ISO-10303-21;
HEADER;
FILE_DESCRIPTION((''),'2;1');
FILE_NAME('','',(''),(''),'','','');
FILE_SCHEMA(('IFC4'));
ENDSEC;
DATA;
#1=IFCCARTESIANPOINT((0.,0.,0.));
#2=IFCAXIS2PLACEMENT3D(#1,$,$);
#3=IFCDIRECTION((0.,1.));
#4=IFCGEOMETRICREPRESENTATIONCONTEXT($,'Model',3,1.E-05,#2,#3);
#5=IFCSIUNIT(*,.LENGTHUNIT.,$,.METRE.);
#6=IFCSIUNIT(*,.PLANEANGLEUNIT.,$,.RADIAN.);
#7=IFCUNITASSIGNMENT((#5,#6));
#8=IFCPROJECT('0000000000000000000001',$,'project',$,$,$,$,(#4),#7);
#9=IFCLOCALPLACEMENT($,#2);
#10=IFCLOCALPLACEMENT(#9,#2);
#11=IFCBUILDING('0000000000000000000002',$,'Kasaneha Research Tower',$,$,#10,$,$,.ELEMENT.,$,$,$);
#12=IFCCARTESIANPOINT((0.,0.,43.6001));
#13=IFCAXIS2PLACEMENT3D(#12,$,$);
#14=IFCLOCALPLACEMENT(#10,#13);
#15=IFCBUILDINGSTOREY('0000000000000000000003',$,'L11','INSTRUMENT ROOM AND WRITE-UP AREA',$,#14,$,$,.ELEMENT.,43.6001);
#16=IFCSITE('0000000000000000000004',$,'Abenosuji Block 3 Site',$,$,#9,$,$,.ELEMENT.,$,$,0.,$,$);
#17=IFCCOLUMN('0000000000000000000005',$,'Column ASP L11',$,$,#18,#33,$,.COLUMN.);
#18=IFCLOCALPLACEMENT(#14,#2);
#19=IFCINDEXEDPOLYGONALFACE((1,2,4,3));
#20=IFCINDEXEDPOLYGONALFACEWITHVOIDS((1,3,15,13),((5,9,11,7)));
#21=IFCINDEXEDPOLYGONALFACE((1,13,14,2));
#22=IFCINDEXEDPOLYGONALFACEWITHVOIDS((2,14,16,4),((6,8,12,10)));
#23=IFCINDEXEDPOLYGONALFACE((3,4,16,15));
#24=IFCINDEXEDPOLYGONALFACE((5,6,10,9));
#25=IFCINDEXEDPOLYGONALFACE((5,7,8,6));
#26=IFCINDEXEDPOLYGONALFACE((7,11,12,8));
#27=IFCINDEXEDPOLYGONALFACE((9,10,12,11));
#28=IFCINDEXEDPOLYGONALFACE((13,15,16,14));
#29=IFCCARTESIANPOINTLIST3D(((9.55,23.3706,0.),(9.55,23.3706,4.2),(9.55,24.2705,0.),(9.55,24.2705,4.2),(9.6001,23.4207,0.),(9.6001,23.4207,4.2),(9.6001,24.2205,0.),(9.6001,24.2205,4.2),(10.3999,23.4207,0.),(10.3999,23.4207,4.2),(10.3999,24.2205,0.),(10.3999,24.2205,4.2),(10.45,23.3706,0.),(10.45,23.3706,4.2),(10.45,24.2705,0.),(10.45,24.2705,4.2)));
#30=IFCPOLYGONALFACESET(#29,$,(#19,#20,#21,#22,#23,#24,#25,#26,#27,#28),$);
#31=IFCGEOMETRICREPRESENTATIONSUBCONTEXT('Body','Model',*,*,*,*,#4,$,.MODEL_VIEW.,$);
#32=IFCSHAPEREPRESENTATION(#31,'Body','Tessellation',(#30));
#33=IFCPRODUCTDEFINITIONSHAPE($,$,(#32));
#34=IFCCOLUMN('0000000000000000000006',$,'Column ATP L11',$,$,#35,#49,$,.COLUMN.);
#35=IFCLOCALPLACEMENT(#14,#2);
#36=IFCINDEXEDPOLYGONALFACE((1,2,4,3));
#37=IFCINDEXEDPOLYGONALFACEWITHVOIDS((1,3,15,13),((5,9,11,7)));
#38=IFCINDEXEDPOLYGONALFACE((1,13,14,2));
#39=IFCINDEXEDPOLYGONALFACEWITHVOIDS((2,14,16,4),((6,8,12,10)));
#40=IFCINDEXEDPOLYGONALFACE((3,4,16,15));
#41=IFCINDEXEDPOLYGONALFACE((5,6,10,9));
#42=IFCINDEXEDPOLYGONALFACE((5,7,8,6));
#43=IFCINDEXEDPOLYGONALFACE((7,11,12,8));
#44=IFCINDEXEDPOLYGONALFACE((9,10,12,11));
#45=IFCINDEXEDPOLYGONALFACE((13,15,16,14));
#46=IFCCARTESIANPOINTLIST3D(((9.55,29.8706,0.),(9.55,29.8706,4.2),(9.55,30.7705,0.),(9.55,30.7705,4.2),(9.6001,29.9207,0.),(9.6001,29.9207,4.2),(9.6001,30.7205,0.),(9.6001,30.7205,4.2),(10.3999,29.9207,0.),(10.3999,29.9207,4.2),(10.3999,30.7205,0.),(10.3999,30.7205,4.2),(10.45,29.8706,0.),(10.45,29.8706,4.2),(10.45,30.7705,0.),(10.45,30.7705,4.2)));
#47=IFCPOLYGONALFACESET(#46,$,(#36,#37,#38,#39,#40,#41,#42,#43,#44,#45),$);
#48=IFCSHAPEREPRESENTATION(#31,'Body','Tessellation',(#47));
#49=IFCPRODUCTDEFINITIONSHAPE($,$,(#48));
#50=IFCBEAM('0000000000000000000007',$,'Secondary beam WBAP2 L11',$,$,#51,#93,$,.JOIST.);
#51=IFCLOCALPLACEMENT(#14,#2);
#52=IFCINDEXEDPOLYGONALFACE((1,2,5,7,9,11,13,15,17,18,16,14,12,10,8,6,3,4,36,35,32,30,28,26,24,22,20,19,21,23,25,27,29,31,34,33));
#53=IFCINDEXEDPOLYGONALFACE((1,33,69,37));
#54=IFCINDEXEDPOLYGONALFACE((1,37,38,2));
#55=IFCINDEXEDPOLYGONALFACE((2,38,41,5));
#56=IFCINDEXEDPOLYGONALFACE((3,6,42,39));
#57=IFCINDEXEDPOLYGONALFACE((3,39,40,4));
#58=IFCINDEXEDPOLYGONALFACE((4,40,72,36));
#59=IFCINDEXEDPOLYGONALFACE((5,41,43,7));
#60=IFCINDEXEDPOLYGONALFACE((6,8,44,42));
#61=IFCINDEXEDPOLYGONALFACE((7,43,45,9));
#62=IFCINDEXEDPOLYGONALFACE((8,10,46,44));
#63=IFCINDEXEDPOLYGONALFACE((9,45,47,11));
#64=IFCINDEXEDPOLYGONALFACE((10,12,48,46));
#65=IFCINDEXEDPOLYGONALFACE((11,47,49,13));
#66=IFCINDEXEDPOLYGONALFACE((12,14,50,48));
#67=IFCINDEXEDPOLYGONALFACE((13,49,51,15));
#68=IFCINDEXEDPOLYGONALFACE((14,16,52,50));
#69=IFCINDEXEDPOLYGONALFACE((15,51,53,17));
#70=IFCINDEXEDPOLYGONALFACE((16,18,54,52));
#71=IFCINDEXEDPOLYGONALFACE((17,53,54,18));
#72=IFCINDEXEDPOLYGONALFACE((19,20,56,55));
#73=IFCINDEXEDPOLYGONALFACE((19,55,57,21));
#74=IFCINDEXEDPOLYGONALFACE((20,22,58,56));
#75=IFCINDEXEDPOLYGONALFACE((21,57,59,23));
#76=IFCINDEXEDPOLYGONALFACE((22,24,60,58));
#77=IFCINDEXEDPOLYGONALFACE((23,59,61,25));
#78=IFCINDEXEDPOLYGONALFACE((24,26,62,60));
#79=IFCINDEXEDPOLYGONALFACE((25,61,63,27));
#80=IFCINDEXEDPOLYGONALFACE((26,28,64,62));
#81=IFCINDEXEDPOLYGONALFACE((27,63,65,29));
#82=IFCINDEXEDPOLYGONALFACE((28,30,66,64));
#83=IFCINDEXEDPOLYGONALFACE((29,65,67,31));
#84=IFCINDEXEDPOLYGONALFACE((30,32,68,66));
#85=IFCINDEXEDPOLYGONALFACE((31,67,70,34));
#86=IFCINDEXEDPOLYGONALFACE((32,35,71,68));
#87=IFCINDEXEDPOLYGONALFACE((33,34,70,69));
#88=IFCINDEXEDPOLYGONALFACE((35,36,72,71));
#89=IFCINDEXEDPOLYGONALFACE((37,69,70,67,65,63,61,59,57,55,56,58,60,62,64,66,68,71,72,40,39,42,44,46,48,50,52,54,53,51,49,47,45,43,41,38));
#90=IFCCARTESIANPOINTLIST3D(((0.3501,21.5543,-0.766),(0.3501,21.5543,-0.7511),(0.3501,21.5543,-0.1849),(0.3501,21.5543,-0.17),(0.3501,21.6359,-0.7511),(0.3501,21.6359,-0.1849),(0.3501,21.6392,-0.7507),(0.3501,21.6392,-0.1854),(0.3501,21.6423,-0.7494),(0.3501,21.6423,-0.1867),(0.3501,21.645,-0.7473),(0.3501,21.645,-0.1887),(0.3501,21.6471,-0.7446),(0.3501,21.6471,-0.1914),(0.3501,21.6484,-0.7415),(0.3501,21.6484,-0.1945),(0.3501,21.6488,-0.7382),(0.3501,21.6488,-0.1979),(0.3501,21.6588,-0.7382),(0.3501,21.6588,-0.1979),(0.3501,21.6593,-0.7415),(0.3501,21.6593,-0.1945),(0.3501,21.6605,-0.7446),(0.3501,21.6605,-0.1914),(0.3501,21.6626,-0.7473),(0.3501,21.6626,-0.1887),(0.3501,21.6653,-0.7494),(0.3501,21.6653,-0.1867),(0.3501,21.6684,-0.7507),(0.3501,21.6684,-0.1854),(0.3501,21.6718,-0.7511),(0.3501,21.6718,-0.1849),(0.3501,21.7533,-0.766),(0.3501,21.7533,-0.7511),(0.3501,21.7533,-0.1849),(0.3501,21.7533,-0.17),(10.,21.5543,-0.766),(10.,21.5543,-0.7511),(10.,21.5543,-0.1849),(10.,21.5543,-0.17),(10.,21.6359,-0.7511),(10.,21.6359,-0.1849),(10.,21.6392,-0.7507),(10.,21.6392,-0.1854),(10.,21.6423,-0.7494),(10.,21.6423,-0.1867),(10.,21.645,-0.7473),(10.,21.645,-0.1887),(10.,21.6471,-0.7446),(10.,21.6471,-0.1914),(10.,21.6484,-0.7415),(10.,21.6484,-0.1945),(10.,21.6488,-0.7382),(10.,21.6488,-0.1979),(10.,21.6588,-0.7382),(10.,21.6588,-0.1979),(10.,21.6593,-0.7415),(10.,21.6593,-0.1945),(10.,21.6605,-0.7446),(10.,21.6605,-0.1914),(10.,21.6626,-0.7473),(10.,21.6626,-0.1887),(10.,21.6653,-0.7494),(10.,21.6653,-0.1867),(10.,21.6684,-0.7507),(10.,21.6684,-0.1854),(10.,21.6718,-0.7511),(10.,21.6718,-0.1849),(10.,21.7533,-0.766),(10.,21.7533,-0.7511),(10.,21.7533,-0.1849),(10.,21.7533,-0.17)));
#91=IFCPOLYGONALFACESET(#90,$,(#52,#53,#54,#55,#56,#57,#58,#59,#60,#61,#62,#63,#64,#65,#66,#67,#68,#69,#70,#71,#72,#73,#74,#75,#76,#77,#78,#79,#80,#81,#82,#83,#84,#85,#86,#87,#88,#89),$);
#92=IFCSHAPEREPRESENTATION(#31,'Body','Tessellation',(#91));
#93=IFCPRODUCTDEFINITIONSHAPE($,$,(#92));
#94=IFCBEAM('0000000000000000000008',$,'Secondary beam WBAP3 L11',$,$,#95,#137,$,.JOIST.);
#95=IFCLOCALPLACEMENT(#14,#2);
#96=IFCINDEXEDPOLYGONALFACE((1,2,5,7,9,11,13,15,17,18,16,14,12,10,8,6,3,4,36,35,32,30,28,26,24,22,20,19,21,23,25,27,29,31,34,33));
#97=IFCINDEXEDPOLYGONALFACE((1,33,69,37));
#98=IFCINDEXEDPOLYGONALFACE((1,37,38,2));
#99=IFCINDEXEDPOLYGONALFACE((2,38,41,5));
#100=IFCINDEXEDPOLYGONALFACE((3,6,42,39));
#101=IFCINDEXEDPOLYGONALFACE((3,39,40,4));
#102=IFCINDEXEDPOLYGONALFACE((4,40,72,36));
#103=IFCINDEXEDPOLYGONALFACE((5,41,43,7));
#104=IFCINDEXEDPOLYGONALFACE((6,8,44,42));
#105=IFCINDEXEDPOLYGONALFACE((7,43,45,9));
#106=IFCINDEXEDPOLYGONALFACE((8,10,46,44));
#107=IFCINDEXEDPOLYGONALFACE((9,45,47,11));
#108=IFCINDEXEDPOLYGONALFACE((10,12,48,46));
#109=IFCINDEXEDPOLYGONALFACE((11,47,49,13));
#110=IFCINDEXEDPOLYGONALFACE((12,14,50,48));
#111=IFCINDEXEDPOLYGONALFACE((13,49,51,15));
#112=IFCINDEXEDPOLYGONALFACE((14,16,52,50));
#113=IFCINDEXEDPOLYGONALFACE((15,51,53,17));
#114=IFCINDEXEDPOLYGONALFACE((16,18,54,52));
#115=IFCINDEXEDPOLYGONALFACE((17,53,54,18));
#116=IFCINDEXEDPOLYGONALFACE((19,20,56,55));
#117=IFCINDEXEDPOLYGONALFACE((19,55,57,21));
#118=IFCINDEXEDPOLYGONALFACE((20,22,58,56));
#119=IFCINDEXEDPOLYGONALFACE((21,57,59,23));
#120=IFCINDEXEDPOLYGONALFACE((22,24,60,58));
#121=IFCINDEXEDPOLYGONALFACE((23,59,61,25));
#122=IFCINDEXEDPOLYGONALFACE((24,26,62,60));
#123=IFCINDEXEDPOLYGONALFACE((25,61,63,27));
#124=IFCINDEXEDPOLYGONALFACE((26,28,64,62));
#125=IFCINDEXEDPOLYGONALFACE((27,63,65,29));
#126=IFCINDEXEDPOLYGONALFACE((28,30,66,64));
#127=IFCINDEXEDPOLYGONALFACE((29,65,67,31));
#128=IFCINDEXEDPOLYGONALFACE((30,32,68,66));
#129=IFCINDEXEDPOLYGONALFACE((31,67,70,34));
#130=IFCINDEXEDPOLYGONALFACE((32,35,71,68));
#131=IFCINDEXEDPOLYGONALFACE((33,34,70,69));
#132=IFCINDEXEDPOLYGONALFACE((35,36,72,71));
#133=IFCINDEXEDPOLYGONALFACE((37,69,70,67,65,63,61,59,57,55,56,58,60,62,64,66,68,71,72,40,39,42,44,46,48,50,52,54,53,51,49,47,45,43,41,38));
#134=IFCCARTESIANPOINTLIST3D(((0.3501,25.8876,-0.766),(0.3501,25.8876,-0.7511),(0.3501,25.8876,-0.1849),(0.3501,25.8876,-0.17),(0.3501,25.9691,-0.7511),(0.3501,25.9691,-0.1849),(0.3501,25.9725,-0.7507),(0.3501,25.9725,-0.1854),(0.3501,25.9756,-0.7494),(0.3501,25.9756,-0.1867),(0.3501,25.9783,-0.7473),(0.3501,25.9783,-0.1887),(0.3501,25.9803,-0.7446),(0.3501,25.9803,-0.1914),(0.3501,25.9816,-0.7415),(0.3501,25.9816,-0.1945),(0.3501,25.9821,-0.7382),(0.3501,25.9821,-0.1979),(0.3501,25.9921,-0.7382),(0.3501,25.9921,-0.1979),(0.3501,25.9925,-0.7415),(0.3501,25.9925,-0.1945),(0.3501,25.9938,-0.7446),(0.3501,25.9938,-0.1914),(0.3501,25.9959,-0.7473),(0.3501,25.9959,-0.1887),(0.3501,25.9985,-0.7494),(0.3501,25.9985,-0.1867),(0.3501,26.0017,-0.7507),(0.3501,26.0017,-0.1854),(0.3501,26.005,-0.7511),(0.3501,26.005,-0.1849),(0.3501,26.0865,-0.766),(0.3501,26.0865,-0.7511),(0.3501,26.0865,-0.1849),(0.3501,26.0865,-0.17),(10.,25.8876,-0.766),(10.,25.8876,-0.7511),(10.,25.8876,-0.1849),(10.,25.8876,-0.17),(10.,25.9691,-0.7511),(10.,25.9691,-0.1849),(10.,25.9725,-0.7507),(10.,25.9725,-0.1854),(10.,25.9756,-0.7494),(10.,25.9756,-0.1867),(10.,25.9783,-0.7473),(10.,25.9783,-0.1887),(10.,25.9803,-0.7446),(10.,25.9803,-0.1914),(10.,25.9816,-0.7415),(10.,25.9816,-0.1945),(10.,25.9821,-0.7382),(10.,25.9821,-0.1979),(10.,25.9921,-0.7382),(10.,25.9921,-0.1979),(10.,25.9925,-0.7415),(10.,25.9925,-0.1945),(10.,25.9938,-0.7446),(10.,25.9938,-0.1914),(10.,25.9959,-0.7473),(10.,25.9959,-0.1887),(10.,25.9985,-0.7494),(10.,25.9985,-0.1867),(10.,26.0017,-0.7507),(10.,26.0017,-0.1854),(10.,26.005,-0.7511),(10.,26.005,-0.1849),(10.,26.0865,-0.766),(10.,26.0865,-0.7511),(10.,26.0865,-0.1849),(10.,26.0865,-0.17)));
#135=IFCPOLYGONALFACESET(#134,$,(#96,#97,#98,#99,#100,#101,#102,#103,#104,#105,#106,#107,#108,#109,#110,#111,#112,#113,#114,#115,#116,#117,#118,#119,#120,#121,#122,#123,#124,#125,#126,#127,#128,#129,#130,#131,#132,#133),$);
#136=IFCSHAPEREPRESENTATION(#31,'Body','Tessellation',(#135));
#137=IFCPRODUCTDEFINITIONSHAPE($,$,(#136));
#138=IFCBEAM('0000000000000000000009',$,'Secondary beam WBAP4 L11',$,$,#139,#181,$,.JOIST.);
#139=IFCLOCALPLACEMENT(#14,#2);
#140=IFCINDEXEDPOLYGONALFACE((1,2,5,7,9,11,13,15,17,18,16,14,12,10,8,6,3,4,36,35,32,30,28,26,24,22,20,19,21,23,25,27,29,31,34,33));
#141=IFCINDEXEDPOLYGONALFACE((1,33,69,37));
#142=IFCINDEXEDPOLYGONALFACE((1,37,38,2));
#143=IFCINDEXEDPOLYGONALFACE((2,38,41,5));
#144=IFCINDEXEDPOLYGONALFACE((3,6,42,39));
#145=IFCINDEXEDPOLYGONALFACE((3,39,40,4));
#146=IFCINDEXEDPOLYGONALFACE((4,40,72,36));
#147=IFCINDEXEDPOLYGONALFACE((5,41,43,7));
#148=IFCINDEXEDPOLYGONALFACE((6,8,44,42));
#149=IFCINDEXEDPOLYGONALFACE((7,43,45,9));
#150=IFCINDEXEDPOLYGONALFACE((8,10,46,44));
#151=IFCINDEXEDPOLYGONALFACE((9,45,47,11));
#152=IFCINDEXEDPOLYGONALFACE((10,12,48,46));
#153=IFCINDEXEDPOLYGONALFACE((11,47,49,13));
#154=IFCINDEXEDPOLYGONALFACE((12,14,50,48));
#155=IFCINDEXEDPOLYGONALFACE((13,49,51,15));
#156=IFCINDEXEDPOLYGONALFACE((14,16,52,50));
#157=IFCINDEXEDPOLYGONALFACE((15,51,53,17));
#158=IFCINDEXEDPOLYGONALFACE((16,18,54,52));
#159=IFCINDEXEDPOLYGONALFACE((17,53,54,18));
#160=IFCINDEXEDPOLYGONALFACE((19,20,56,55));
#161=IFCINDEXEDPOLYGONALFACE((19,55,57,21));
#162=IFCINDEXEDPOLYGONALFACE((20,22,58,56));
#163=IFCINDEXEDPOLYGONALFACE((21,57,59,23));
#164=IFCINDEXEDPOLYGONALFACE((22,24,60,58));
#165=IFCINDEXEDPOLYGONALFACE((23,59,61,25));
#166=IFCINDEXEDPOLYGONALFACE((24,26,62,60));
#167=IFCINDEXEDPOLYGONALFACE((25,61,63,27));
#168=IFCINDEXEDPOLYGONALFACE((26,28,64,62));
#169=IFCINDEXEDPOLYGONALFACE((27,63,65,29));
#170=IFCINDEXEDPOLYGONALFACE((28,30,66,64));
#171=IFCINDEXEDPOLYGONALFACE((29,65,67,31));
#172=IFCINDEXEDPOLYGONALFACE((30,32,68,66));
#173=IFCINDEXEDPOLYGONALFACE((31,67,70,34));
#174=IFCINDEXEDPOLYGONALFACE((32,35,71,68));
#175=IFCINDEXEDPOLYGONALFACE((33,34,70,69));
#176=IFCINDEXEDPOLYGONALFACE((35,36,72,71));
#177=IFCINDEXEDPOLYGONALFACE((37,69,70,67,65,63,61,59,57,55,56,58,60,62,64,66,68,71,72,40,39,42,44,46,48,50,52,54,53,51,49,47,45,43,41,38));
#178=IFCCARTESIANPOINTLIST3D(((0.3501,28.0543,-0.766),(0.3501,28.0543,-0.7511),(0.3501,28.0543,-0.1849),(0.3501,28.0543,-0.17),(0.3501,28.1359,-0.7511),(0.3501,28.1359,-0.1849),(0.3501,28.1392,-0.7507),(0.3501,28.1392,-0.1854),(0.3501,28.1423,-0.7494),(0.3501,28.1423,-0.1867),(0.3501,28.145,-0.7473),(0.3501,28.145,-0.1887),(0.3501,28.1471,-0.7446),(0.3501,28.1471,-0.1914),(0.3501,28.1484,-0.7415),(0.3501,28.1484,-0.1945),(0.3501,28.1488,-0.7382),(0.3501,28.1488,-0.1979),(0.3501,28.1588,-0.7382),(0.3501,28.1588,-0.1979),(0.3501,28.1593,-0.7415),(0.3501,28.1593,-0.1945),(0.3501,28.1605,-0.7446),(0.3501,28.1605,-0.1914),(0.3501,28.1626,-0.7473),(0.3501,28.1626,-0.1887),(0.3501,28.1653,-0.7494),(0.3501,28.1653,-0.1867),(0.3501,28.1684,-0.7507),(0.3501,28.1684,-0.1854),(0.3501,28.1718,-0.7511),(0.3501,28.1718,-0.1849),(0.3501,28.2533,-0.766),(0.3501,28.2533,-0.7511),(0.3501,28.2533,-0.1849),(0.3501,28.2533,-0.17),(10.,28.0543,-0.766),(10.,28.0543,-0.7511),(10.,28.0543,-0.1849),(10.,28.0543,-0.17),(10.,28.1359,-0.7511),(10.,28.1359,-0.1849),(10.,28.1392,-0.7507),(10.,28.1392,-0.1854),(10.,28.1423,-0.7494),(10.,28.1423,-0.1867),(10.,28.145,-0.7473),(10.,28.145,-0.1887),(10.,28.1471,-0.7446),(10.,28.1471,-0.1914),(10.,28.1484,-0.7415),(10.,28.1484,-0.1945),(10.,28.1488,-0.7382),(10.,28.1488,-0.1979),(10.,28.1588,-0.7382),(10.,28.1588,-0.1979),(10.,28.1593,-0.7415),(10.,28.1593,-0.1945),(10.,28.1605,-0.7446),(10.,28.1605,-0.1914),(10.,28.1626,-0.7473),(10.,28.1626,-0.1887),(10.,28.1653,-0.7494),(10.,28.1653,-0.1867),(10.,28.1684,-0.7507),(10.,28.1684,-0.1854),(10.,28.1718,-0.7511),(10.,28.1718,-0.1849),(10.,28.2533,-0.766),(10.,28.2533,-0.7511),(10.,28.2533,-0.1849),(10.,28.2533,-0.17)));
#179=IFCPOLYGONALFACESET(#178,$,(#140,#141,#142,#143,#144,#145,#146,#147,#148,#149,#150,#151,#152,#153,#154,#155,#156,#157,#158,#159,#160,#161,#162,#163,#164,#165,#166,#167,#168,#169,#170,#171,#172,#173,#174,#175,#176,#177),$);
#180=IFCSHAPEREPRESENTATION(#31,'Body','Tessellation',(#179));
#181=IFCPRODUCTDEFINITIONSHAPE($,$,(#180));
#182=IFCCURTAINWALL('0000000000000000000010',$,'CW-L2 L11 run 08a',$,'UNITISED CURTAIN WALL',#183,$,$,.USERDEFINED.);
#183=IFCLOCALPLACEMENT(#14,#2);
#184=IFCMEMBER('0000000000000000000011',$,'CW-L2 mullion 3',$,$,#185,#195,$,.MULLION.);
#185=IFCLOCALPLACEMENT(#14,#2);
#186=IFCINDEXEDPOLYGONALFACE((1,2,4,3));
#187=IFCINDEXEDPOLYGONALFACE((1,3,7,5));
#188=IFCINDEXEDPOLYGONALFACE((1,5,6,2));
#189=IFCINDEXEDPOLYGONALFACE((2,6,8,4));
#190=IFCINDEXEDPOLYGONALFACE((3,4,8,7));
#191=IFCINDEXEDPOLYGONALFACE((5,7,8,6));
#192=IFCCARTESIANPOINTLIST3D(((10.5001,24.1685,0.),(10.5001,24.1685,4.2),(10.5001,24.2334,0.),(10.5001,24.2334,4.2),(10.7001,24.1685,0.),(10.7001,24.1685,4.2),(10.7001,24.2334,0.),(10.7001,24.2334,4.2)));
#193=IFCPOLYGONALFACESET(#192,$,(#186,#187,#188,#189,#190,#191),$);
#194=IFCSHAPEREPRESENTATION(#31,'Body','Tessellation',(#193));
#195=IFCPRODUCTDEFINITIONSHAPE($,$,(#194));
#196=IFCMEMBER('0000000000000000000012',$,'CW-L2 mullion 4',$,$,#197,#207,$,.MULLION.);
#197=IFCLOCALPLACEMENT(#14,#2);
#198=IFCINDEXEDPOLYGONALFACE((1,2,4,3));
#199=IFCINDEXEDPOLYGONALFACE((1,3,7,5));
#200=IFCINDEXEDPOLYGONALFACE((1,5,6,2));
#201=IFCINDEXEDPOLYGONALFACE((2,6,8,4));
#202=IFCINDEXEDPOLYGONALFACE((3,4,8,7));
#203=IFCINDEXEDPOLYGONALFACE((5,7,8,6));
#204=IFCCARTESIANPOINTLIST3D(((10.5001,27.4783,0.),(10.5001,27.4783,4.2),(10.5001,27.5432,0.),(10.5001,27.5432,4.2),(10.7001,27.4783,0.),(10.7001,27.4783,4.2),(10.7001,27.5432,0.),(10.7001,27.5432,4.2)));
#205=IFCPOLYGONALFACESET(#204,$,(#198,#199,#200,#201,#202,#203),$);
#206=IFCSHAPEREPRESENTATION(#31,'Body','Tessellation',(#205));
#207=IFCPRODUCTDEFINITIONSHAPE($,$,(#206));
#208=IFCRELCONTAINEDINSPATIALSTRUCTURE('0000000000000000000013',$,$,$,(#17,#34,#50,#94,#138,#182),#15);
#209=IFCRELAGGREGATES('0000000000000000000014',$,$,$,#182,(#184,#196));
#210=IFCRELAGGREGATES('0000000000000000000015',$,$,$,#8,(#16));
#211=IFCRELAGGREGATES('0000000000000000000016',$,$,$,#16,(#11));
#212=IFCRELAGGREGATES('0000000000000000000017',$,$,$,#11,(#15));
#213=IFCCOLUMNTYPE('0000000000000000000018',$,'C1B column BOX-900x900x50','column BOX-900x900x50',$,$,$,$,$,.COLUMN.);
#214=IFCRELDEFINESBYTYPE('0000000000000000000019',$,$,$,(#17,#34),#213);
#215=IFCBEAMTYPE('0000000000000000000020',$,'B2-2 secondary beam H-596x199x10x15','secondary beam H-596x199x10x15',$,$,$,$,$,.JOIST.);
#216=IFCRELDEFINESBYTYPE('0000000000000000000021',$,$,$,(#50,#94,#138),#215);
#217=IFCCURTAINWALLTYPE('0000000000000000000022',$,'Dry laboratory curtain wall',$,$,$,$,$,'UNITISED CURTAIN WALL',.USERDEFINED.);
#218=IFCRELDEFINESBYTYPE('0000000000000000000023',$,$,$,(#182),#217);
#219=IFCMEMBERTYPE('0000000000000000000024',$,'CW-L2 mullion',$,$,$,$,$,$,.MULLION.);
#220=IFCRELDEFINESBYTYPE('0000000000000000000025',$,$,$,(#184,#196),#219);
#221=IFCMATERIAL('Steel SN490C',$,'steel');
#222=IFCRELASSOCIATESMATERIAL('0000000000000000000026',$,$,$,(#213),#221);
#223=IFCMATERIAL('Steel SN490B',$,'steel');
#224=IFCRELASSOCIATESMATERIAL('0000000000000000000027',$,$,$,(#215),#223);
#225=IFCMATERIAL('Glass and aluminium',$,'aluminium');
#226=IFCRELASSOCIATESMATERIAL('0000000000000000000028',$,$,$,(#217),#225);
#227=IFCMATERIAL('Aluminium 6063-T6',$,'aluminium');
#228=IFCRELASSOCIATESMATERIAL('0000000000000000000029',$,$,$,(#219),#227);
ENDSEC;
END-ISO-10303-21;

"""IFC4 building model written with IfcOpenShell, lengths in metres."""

from ifc_helpers import new_model, si_unit, direction, frame, origin, origin_2d, place, context, subcontext, project, spatial, rectangle, hollow_rectangle, i_section, extrude, material, material_profile, profile_set, type_object, element, aggregate, save


model = new_model("IFC4")

# Units and contexts
model_context = context("Model", 3, precision=1e-05, world=origin(), true_north=direction((0.0, 1.0)))
body_context = subcontext(model_context, "Body", "Model", "MODEL_VIEW")
ifc_project = project(units=[si_unit("LENGTHUNIT", "METRE"), si_unit("PLANEANGLEUNIT", "RADIAN")], contexts=[model_context])

# Site, building, storey
site_placement = place(None, origin())
site = spatial("IfcSite", under=ifc_project, at=site_placement, Name="Abenosuji Block 3 Site", CompositionType="ELEMENT", RefElevation=0.0)
building_placement = place(site_placement, origin())
building = spatial("IfcBuilding", under=site, at=building_placement, Name="Kasaneha Research Tower", CompositionType="ELEMENT")
storey_placement = place(building_placement, frame((0.0, 0.0, 43.6001)))
storey = spatial("IfcBuildingStorey", under=building, at=storey_placement, Name="L11", Description="INSTRUMENT ROOM AND WRITE-UP AREA", CompositionType="ELEMENT", Elevation=43.6001)

# Columns
ifc_material_1 = material(Name="Steel SN490C", Category="steel")
ifc_material_profile_1 = material_profile(ifc_material_1, hollow_rectangle(XDim=0.8999, YDim=0.8999, WallThickness=0.05, at=origin_2d()), Name="BOX-900x900x50")
ifc_profile_set_1 = profile_set([ifc_material_profile_1], Name="Steel SN490C")
column_type = type_object("IfcColumnType", Name="C1B column BOX-900x900x50", Description="column BOX-900x900x50", PredefinedType="COLUMN", material=ifc_profile_set_1)
for number, where, z_axis, x_axis, name in (
    (1, (10.0, 23.8206, 0.0), (0.0, 0.0, 1.0), (1.0, 0.0, 0.0), "Column ASP L11"),
    (2, (10.0, 30.3206, 0.0), (0.0, 0.0, 1.0), (1.0, 0.0, 0.0), "Column ATP L11"),
):
    element("IfcColumn", number, at=place(storey_placement, frame(where, z_axis=z_axis, x_axis=x_axis)), inside=storey, type_object=column_type, Name=name, PredefinedType="COLUMN", context=body_context, shape_type="SweptSolid", body=[
        extrude(hollow_rectangle(XDim=0.8999, YDim=0.8999, WallThickness=0.05, at=origin_2d()), origin(), (0.0, 0.0, 1.0), 4.2),
    ])

# Beams
ifc_material_2 = material(Name="Steel SN490B", Category="steel")
ifc_material_profile_2 = material_profile(ifc_material_2, i_section(OverallWidth=0.199, OverallDepth=0.5959, WebThickness=0.01, FlangeThickness=0.0149, FilletRadius=0.0129, at=origin_2d()), Name="H-596x199x10x15")
ifc_profile_set_2 = profile_set([ifc_material_profile_2], Name="Steel SN490B")
beam_type_1 = type_object("IfcBeamType", Name="B2-2 secondary beam H-596x199x10x15", Description="secondary beam H-596x199x10x15", PredefinedType="JOIST", material=ifc_profile_set_2)
for number, where, z_axis, x_axis, name in (
    (3, (10.0, 21.6538, -0.468), (-1.0, 0.0, 0.0), (0.0, -1.0, 0.0), "Secondary beam WBAP2 L11"),
    (4, (10.0, 25.9871, -0.468), (-1.0, 0.0, 0.0), (0.0, -1.0, 0.0), "Secondary beam WBAP3 L11"),
    (5, (10.0, 28.1538, -0.468), (-1.0, 0.0, 0.0), (0.0, -1.0, 0.0), "Secondary beam WBAP4 L11"),
):
    element("IfcBeam", number, at=place(storey_placement, frame(where, z_axis=z_axis, x_axis=x_axis)), inside=storey, type_object=beam_type_1, Name=name, PredefinedType="JOIST", context=body_context, shape_type="SweptSolid", body=[
        extrude(i_section(OverallWidth=0.199, OverallDepth=0.5959, WebThickness=0.01, FlangeThickness=0.0149, FilletRadius=0.0129, at=origin_2d()), origin(), (0.0, 0.0, 1.0), 9.6499),
    ])

# Curtain wall, members
ifc_material_3 = material(Name="Glass and aluminium", Category="aluminium")
curtain_wall_type = type_object("IfcCurtainWallType", Name="Dry laboratory curtain wall", ElementType="UNITISED CURTAIN WALL", PredefinedType="USERDEFINED", material=ifc_material_3)
curtain_wall_1_placement = place(storey_placement, origin())
curtain_wall_1 = element("IfcCurtainWall", 6, at=curtain_wall_1_placement, inside=storey, type_object=curtain_wall_type, Name="CW-L2 L11 run 08a", ObjectType="UNITISED CURTAIN WALL", PredefinedType="USERDEFINED")
ifc_material_4 = material(Name="Aluminium 6063-T6", Category="aluminium")
ifc_material_profile_3 = material_profile(ifc_material_4, rectangle(XDim=0.0649, YDim=0.2, at=origin_2d()), Name="CW-L2 mullion 65x200")
ifc_profile_set_3 = profile_set([ifc_material_profile_3], Name="Aluminium 6063-T6")
member_type_1 = type_object("IfcMemberType", Name="CW-L2 mullion", PredefinedType="MULLION", material=ifc_profile_set_3)
member_1_placement = place(storey_placement, frame((10.6001, 24.2009, 0.0), z_axis=(0.0, 0.0, 1.0), x_axis=(0.0, 1.0, 0.0)))
member_1 = element("IfcMember", 7, at=member_1_placement, type_object=member_type_1, Name="CW-L2 mullion 3", PredefinedType="MULLION", context=body_context, shape_type="SweptSolid", body=[
    extrude(rectangle(XDim=0.0649, YDim=0.2, at=origin_2d()), origin(), (0.0, 0.0, 1.0), 4.2),
])
member_2_placement = place(storey_placement, frame((10.6001, 27.5107, 0.0), z_axis=(0.0, 0.0, 1.0), x_axis=(0.0, 1.0, 0.0)))
member_2 = element("IfcMember", 8, at=member_2_placement, type_object=member_type_1, Name="CW-L2 mullion 4", PredefinedType="MULLION", context=body_context, shape_type="SweptSolid", body=[
    extrude(rectangle(XDim=0.0649, YDim=0.2, at=origin_2d()), origin(), (0.0, 0.0, 1.0), 4.2),
])

aggregate(curtain_wall_1, [member_1, member_2])

save(model, "model.ifc")
